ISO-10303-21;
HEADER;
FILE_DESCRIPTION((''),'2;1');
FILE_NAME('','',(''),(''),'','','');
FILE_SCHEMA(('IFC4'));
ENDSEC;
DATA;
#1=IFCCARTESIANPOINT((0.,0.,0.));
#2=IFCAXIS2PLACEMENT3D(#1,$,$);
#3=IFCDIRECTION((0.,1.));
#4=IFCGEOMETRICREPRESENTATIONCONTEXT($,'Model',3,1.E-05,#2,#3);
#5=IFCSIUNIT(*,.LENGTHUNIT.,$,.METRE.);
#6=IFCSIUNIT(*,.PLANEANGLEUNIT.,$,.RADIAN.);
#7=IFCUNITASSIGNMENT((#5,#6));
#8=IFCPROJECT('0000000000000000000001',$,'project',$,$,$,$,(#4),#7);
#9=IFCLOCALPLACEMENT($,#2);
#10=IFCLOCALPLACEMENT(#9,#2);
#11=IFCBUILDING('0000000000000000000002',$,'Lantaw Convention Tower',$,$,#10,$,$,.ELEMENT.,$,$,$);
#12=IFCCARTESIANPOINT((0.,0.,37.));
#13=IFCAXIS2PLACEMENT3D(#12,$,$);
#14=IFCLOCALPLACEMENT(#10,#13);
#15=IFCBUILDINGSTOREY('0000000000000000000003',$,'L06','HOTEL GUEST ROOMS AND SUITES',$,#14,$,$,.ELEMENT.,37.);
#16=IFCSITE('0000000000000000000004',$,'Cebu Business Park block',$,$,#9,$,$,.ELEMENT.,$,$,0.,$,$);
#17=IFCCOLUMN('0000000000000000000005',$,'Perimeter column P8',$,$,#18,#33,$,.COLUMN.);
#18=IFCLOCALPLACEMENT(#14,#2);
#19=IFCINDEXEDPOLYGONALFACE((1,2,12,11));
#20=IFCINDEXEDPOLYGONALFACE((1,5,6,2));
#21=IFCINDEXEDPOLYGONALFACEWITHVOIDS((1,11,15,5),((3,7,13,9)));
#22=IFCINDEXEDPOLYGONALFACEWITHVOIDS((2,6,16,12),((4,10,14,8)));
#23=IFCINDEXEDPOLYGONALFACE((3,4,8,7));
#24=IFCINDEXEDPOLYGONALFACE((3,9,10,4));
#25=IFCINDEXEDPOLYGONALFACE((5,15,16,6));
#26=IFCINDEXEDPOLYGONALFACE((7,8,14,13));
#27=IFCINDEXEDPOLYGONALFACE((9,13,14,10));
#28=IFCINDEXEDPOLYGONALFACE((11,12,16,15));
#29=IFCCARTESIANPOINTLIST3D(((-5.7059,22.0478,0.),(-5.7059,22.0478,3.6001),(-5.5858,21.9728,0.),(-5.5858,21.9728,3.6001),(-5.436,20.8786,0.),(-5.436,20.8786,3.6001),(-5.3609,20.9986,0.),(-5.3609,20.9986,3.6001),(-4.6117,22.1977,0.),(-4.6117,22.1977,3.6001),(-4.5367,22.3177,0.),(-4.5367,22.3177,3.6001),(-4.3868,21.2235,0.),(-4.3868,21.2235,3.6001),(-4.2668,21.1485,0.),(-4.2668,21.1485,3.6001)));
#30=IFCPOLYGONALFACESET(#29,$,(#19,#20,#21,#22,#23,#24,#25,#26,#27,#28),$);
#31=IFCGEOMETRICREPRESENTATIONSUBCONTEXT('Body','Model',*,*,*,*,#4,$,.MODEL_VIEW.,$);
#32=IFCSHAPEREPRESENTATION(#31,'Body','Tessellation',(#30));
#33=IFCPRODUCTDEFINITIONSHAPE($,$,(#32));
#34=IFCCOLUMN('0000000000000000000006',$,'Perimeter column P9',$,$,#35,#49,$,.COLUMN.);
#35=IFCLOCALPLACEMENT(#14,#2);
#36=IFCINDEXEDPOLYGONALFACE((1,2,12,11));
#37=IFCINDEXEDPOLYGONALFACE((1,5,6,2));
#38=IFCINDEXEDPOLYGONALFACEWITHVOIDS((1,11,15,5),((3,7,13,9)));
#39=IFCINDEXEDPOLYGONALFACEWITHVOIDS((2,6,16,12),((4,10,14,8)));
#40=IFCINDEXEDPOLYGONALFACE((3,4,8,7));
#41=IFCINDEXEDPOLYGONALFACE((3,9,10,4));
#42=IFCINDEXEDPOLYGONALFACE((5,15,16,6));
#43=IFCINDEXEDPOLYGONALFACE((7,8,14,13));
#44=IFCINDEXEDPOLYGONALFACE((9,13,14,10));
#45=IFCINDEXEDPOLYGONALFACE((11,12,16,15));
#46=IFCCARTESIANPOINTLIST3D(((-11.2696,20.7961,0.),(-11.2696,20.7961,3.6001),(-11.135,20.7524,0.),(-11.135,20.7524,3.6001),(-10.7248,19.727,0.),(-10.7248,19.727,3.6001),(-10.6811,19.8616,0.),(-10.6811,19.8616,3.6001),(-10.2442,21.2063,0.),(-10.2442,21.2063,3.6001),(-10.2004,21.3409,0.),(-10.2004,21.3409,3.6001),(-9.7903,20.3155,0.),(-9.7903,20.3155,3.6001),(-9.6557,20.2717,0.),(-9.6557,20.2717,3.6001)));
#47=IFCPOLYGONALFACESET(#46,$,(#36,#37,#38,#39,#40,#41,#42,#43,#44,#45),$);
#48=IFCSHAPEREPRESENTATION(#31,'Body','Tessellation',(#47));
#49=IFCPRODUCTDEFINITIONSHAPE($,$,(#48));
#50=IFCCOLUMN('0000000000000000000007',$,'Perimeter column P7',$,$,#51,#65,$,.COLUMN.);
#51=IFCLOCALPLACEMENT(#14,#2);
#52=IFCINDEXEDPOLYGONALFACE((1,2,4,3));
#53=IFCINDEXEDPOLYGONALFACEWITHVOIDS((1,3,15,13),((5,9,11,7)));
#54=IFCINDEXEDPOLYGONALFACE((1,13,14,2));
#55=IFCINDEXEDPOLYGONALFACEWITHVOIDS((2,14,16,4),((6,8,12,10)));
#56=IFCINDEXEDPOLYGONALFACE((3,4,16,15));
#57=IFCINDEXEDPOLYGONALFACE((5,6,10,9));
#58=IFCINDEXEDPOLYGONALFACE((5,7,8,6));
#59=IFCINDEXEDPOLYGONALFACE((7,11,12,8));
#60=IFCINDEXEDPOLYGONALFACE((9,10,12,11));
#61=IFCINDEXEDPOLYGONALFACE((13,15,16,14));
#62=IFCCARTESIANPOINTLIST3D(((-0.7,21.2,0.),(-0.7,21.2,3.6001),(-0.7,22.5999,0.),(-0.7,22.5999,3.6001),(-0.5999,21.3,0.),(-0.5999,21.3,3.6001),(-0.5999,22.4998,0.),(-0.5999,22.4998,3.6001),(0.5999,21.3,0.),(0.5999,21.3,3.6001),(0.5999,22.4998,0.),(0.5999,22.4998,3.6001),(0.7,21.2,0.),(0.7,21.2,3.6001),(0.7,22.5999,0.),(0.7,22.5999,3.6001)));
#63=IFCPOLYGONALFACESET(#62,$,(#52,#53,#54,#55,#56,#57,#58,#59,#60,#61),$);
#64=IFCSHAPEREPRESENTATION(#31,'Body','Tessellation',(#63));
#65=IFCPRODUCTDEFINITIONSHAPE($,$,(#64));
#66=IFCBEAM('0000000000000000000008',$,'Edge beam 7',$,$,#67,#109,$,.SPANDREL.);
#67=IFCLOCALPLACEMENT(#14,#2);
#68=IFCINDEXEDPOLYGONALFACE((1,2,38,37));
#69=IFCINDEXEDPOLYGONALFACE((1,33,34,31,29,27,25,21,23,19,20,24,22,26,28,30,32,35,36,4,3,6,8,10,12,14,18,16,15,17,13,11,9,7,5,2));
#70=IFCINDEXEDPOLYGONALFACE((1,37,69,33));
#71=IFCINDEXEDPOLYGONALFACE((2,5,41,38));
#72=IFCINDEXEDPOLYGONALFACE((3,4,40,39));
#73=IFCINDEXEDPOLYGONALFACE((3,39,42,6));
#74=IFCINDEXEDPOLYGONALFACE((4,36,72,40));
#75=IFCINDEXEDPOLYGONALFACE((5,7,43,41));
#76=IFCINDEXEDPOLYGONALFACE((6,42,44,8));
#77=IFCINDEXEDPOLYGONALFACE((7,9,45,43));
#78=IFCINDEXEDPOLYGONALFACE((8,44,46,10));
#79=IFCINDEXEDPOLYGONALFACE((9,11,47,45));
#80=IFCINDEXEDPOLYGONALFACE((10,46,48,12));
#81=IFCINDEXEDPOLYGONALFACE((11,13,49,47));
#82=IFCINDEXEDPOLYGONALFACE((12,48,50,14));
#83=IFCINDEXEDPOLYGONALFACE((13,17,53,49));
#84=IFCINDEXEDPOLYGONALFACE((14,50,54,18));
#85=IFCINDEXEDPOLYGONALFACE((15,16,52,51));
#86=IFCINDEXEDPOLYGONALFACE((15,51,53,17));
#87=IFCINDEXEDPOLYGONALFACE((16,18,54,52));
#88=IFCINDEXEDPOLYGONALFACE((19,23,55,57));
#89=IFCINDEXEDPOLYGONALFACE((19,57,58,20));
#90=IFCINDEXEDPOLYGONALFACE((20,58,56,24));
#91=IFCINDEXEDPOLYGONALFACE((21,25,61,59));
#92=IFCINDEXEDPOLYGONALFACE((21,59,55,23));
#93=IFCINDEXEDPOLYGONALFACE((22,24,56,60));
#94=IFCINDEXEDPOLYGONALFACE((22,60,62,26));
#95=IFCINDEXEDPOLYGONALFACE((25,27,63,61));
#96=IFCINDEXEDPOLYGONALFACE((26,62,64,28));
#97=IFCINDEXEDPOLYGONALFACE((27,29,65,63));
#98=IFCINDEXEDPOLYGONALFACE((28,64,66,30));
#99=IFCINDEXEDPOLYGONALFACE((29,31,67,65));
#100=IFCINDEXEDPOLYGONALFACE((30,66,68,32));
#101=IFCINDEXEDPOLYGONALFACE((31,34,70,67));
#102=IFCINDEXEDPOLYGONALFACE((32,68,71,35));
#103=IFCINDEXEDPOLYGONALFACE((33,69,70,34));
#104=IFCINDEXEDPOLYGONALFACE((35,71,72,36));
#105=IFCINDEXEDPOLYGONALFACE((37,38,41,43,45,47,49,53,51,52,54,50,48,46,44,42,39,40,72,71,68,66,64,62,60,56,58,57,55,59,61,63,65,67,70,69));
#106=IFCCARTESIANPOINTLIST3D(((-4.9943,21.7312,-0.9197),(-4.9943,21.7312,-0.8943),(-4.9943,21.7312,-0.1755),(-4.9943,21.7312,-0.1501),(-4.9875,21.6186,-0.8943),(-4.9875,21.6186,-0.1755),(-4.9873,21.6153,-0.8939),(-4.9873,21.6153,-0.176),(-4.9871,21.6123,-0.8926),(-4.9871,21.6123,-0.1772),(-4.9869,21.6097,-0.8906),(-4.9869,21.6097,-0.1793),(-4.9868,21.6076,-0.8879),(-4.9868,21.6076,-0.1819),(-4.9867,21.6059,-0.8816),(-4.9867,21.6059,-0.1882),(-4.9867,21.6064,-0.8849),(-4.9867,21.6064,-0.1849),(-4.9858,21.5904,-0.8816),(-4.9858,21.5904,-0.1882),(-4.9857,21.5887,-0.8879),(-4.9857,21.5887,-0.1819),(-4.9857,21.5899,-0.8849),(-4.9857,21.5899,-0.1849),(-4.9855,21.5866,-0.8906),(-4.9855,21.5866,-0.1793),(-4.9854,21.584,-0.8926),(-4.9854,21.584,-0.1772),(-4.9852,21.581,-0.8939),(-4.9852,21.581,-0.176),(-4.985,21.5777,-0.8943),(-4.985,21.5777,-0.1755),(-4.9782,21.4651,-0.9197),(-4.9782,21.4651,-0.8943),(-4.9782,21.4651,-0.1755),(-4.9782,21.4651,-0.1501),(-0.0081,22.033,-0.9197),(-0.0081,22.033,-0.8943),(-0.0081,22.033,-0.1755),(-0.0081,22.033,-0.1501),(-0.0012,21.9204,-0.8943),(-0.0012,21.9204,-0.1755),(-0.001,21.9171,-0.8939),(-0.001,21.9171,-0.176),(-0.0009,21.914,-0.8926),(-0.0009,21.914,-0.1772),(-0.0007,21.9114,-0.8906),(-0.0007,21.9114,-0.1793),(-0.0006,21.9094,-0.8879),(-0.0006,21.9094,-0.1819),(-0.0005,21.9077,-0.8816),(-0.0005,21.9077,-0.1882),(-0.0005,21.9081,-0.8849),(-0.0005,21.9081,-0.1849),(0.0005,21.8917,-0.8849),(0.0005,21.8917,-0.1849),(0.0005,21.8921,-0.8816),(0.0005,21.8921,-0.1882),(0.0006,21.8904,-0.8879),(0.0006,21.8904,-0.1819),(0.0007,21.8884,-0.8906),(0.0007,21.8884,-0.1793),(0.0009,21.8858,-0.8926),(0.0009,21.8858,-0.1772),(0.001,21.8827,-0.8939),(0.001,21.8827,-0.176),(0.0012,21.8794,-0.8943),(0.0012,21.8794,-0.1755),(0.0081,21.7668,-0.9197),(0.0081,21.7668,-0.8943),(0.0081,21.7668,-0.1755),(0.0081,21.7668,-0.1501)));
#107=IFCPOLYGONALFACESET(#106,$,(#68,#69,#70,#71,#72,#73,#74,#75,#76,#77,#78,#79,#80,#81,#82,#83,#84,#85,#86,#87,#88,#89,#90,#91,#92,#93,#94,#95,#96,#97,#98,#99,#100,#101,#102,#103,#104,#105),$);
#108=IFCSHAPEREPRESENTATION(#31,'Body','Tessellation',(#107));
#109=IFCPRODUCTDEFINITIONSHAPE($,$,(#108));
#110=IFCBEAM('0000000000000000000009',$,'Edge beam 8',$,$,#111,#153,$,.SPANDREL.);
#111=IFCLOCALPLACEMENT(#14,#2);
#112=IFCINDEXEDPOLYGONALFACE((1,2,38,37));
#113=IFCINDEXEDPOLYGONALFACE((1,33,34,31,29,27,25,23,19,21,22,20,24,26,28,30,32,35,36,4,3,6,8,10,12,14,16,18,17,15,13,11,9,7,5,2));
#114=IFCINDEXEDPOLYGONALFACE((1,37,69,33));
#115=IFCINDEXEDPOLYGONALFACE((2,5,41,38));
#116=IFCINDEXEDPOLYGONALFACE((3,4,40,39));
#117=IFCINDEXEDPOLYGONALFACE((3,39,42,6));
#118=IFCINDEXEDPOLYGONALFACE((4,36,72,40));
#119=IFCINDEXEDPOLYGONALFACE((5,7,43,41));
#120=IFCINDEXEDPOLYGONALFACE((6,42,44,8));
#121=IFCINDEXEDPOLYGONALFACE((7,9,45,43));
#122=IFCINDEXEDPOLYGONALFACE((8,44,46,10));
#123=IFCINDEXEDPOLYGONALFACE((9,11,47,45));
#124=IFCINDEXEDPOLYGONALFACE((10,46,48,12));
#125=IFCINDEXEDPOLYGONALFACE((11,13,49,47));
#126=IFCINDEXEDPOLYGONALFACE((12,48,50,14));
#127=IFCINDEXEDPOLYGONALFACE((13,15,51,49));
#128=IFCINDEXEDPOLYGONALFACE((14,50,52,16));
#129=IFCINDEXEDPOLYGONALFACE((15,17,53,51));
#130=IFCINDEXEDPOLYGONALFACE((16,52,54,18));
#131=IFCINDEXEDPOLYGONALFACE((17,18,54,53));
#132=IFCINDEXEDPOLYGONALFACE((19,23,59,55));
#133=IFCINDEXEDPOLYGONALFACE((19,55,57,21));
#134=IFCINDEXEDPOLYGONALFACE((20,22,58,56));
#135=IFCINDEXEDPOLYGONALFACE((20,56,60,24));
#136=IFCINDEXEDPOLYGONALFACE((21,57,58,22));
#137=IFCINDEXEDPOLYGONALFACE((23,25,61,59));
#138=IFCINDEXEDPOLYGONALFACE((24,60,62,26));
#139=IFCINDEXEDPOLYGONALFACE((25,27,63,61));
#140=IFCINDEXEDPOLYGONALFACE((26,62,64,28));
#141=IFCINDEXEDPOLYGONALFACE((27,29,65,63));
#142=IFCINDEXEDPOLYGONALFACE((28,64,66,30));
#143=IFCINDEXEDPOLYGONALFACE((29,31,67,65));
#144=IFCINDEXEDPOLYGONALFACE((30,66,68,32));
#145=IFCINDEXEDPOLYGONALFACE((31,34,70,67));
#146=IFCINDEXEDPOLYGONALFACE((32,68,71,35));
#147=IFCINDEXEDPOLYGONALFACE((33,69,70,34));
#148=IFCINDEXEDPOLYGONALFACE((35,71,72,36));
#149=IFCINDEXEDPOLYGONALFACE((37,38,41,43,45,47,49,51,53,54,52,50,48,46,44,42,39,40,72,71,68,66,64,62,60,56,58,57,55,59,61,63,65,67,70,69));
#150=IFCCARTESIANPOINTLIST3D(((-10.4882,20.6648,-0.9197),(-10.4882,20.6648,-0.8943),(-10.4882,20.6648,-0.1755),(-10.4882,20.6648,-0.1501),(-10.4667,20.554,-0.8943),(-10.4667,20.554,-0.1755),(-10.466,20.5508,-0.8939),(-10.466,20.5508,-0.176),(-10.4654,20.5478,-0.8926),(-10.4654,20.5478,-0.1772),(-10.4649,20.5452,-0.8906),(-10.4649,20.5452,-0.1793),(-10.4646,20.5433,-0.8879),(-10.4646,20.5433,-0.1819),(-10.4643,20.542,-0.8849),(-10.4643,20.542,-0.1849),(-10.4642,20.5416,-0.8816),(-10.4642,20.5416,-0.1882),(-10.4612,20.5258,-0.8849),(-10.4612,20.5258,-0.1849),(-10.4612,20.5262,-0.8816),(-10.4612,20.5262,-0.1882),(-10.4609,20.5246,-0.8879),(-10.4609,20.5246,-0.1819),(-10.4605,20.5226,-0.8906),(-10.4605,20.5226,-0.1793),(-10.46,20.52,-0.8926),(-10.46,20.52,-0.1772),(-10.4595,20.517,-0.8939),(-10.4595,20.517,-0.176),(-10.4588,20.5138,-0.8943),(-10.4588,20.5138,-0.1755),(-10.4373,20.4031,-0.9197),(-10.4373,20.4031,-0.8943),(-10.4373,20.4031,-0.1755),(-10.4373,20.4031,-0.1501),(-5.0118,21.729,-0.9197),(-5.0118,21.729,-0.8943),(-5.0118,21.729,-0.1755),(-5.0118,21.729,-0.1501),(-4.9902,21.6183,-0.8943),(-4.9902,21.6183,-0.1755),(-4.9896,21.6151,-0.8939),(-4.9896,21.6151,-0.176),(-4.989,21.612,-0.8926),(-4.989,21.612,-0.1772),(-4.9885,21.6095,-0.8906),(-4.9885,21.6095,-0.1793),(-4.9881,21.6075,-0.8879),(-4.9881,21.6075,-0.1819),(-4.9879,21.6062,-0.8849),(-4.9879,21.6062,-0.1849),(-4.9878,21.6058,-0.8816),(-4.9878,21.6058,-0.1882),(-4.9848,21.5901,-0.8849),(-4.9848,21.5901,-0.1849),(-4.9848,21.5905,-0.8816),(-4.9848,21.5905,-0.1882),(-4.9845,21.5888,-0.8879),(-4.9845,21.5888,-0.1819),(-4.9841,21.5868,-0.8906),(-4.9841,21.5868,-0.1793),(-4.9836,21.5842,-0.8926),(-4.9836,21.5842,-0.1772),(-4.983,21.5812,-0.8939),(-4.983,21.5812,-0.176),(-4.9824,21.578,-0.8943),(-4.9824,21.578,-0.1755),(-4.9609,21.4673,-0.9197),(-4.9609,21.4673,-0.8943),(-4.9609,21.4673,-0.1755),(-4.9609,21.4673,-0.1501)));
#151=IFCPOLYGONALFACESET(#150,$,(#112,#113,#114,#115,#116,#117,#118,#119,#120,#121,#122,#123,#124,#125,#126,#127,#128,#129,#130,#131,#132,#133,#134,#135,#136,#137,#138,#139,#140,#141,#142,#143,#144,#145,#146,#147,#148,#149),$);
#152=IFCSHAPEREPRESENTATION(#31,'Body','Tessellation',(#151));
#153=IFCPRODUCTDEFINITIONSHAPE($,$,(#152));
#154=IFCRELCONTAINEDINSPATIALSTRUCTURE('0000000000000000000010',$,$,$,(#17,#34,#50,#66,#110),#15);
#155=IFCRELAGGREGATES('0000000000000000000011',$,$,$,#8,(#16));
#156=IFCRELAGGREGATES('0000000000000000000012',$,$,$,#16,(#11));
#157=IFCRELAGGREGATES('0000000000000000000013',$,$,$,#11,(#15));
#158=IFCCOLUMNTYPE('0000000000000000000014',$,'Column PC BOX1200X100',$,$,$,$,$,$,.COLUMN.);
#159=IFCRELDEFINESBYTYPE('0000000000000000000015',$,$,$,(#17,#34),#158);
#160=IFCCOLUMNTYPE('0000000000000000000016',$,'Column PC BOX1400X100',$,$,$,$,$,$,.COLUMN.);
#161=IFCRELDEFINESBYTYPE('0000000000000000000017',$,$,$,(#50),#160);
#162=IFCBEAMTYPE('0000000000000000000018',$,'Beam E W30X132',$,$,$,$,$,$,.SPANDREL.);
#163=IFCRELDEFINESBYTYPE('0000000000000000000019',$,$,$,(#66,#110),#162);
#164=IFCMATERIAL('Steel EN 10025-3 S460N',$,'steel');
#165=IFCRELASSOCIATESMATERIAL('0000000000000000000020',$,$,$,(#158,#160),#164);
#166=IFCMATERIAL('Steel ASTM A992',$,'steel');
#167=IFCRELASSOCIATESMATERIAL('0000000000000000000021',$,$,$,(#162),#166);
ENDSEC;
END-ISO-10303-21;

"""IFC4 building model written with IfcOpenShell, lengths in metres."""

from ifc_helpers import new_model, si_unit, direction, frame, origin, origin_2d, place, context, subcontext, project, spatial, rectangle, hollow_rectangle, i_section, extrude, material, material_profile, profile_set, type_object, element, save


model = new_model("IFC4")

# Units and contexts
model_context = context("Model", 3, precision=1e-05, world=origin(), true_north=direction((0.0, 1.0)))
body_context = subcontext(model_context, "Body", "Model", "MODEL_VIEW")
ifc_project = project(units=[si_unit("LENGTHUNIT", "METRE"), si_unit("PLANEANGLEUNIT", "RADIAN")], contexts=[model_context])

# Site, building, storey
site_placement = place(None, origin())
site = spatial("IfcSite", under=ifc_project, at=site_placement, Name="Cebu Business Park block", CompositionType="ELEMENT", RefElevation=0.0)
building_placement = place(site_placement, origin())
building = spatial("IfcBuilding", under=site, at=building_placement, Name="Lantaw Convention Tower", CompositionType="ELEMENT")
storey_placement = place(building_placement, frame((0.0, 0.0, 37.0)))
storey = spatial("IfcBuildingStorey", under=building, at=storey_placement, Name="L06", Description="HOTEL GUEST ROOMS AND SUITES", CompositionType="ELEMENT", Elevation=37.0)

# Columns
ifc_material_1 = material(Name="Steel EN 10025-3 S460N", Category="steel")
ifc_material_profile_1 = material_profile(ifc_material_1, hollow_rectangle(XDim=1.2, YDim=1.2, WallThickness=0.1001, at=origin_2d()), Name="BOX1200X100")
ifc_material_2 = material(Name="Concrete C60/75", Category="concrete")
ifc_material_profile_2 = material_profile(ifc_material_2, rectangle(XDim=1.0, YDim=1.0, at=origin_2d()), Name="Concrete fill of BOX1200X100")
ifc_profile_set_1 = profile_set([ifc_material_profile_1, ifc_material_profile_2], Name="Steel EN 10025-3 S460N")
column_type_1 = type_object("IfcColumnType", Name="Column PC BOX1200X100", PredefinedType="COLUMN", material=ifc_profile_set_1)
for number, where, z_axis, x_axis, name in (
    (1, (-4.9863, 21.5981, 0.0), (0.0, 0.0, 1.0), (0.97437, 0.224951, 0.0), "Perimeter column P8"),
    (2, (-10.4626, 20.5339, 0.0), (0.0, 0.0, 1.0), (0.891007, 0.45399, 0.0), "Perimeter column P9"),
):
    element("IfcColumn", number, at=place(storey_placement, frame(where, z_axis=z_axis, x_axis=x_axis)), inside=storey, type_object=column_type_1, Name=name, PredefinedType="COLUMN", context=body_context, shape_type="SweptSolid", body=[
        extrude(hollow_rectangle(XDim=1.2, YDim=1.2, WallThickness=0.1001, at=origin_2d()), origin(), (0.0, 0.0, 1.0), 3.6001),
    ])
ifc_material_profile_3 = material_profile(ifc_material_1, hollow_rectangle(XDim=1.3999, YDim=1.3999, WallThickness=0.1001, at=origin_2d()), Name="BOX1400X100")
ifc_material_profile_4 = material_profile(ifc_material_2, rectangle(XDim=1.2, YDim=1.2, at=origin_2d()), Name="Concrete fill of BOX1400X100")
ifc_profile_set_2 = profile_set([ifc_material_profile_3, ifc_material_profile_4], Name="Steel EN 10025-3 S460N")
column_type_2 = type_object("IfcColumnType", Name="Column PC BOX1400X100", PredefinedType="COLUMN", material=ifc_profile_set_2)
column_placement = place(storey_placement, frame((0.0, 21.8999, 0.0), z_axis=(0.0, 0.0, 1.0), x_axis=(1.0, 0.0, 0.0)))
element("IfcColumn", 3, at=column_placement, inside=storey, type_object=column_type_2, Name="Perimeter column P7", PredefinedType="COLUMN", context=body_context, shape_type="SweptSolid", body=[
    extrude(hollow_rectangle(XDim=1.3999, YDim=1.3999, WallThickness=0.1001, at=origin_2d()), origin(), (0.0, 0.0, 1.0), 3.6001),
])

# Beams
ifc_material_3 = material(Name="Steel ASTM A992", Category="steel")
ifc_material_profile_5 = material_profile(ifc_material_3, i_section(OverallWidth=0.2666, OverallDepth=0.7695, WebThickness=0.0156, FlangeThickness=0.0254, FilletRadius=0.0127, at=origin_2d()), Name="W30X132")
ifc_profile_set_3 = profile_set([ifc_material_profile_5], Name="Steel ASTM A992")
beam_type = type_object("IfcBeamType", Name="Beam E W30X132", PredefinedType="SPANDREL", material=ifc_profile_set_3)
beam_1_placement = place(storey_placement, frame((0.0, 21.8999, -0.5349), z_axis=(-0.998174, -0.060407, 0.0), x_axis=(0.060407, -0.998174, 0.0)))
element("IfcBeam", 4, at=beam_1_placement, inside=storey, type_object=beam_type, Name="Edge beam 7", PredefinedType="SPANDREL", context=body_context, shape_type="SweptSolid", body=[
    extrude(i_section(OverallWidth=0.2666, OverallDepth=0.7695, WebThickness=0.0156, FlangeThickness=0.0254, FilletRadius=0.0127, at=origin_2d()), origin(), (0.0, 0.0, 1.0), 4.9954),
])
beam_2_placement = place(storey_placement, frame((-4.9863, 21.5981, -0.5349), z_axis=(-0.981637, -0.190761, 0.0), x_axis=(0.190761, -0.981637, 0.0)))
element("IfcBeam", 5, at=beam_2_placement, inside=storey, type_object=beam_type, Name="Edge beam 8", PredefinedType="SPANDREL", context=body_context, shape_type="SweptSolid", body=[
    extrude(i_section(OverallWidth=0.2666, OverallDepth=0.7695, WebThickness=0.0156, FlangeThickness=0.0254, FilletRadius=0.0127, at=origin_2d()), origin(), (0.0, 0.0, 1.0), 5.5789),
])

save(model, "model.ifc")
